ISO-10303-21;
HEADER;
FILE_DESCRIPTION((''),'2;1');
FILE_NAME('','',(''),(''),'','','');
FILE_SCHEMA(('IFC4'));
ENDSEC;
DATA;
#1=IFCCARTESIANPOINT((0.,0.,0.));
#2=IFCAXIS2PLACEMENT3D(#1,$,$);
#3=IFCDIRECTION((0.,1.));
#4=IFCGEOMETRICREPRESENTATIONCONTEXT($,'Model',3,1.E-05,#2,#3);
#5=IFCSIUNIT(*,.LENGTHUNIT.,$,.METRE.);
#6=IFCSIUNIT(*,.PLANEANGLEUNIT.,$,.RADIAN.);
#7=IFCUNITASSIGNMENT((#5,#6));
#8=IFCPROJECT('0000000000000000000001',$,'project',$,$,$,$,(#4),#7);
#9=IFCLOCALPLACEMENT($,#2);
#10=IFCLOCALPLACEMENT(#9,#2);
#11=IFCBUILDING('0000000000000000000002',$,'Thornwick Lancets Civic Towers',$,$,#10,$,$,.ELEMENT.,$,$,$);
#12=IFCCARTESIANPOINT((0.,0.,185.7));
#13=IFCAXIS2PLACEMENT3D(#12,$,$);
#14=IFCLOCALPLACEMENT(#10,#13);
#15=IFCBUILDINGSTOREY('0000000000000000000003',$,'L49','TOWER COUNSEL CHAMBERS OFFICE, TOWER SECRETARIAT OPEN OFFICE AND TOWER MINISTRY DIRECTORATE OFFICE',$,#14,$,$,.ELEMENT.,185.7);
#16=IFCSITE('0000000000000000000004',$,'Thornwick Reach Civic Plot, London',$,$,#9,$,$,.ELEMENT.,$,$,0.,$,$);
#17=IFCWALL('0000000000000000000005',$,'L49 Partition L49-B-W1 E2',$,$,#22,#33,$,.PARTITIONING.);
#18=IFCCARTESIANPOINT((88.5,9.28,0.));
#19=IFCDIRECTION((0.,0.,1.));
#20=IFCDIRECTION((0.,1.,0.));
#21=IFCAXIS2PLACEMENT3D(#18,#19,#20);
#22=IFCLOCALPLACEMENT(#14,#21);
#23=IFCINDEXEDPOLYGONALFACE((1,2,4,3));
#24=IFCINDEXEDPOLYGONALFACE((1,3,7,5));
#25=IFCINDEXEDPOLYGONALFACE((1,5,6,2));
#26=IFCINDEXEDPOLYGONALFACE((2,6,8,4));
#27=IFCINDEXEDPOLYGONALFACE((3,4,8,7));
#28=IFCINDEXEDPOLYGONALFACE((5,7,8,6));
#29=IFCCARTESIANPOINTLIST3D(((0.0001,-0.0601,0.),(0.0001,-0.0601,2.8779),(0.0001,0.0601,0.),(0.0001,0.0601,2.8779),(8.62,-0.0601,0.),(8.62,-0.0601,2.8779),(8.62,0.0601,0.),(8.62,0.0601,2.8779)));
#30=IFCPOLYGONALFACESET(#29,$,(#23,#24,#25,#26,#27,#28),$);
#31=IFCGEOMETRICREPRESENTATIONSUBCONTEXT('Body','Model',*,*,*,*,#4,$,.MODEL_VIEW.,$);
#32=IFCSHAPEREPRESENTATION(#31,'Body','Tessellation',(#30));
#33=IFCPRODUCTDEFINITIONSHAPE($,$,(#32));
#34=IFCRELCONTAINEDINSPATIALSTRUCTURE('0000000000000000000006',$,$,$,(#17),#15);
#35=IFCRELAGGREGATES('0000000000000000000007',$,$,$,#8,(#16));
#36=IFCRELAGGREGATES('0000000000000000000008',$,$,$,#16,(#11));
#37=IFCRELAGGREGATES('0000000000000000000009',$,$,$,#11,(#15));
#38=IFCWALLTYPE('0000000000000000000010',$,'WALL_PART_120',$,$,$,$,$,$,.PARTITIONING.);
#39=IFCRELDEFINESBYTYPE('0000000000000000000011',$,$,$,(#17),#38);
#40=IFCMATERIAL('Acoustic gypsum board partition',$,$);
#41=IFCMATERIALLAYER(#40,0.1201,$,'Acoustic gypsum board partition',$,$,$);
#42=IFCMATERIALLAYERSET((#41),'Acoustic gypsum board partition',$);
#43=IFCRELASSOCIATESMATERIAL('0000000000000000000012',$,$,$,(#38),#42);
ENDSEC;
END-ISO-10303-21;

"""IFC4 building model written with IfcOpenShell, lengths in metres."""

from ifc_helpers import new_model, si_unit, direction, frame, frame_2d, origin, place, context, subcontext, project, spatial, rectangle, extrude, material, layer, layer_set, type_object, element, save


model = new_model("IFC4")

# Units and contexts
model_context = context("Model", 3, precision=1e-05, world=origin(), true_north=direction((0.0, 1.0)))
body_context = subcontext(model_context, "Body", "Model", "MODEL_VIEW")
ifc_project = project(units=[si_unit("LENGTHUNIT", "METRE"), si_unit("PLANEANGLEUNIT", "RADIAN")], contexts=[model_context])

# Site, building, storey
site_placement = place(None, origin())
site = spatial("IfcSite", under=ifc_project, at=site_placement, Name="Thornwick Reach Civic Plot, London", CompositionType="ELEMENT", RefElevation=0.0)
building_placement = place(site_placement, origin())
building = spatial("IfcBuilding", under=site, at=building_placement, Name="Thornwick Lancets Civic Towers", CompositionType="ELEMENT")
storey_placement = place(building_placement, frame((0.0, 0.0, 185.7)))
storey = spatial("IfcBuildingStorey", under=building, at=storey_placement, Name="L49", Description="TOWER COUNSEL CHAMBERS OFFICE, TOWER SECRETARIAT OPEN OFFICE AND TOWER MINISTRY DIRECTORATE OFFICE", CompositionType="ELEMENT", Elevation=185.7)

# Wall
ifc_material_1 = material(Name="Acoustic gypsum board partition")
ifc_layer_1 = layer(ifc_material_1, 0.1201, Name="Acoustic gypsum board partition")
ifc_layer_set_1 = layer_set([ifc_layer_1], Name="Acoustic gypsum board partition")
wall_type_1 = type_object("IfcWallType", Name="WALL_PART_120", PredefinedType="PARTITIONING", material=ifc_layer_set_1)
wall_1_placement = place(storey_placement, frame((88.5, 9.28, 0.0), z_axis=(0.0, 0.0, 1.0), x_axis=(0.0, 1.0, 0.0)))
element("IfcWall", 1, at=wall_1_placement, inside=storey, type_object=wall_type_1, Name="L49 Partition L49-B-W1 E2", PredefinedType="PARTITIONING", context=body_context, shape_type="SweptSolid", body=[
    extrude(rectangle(XDim=8.6199, YDim=0.1201, at=frame_2d((4.3101, 0.0))), origin(), (0.0, 0.0, 1.0), 2.8779),
])

save(model, "model.ifc")
